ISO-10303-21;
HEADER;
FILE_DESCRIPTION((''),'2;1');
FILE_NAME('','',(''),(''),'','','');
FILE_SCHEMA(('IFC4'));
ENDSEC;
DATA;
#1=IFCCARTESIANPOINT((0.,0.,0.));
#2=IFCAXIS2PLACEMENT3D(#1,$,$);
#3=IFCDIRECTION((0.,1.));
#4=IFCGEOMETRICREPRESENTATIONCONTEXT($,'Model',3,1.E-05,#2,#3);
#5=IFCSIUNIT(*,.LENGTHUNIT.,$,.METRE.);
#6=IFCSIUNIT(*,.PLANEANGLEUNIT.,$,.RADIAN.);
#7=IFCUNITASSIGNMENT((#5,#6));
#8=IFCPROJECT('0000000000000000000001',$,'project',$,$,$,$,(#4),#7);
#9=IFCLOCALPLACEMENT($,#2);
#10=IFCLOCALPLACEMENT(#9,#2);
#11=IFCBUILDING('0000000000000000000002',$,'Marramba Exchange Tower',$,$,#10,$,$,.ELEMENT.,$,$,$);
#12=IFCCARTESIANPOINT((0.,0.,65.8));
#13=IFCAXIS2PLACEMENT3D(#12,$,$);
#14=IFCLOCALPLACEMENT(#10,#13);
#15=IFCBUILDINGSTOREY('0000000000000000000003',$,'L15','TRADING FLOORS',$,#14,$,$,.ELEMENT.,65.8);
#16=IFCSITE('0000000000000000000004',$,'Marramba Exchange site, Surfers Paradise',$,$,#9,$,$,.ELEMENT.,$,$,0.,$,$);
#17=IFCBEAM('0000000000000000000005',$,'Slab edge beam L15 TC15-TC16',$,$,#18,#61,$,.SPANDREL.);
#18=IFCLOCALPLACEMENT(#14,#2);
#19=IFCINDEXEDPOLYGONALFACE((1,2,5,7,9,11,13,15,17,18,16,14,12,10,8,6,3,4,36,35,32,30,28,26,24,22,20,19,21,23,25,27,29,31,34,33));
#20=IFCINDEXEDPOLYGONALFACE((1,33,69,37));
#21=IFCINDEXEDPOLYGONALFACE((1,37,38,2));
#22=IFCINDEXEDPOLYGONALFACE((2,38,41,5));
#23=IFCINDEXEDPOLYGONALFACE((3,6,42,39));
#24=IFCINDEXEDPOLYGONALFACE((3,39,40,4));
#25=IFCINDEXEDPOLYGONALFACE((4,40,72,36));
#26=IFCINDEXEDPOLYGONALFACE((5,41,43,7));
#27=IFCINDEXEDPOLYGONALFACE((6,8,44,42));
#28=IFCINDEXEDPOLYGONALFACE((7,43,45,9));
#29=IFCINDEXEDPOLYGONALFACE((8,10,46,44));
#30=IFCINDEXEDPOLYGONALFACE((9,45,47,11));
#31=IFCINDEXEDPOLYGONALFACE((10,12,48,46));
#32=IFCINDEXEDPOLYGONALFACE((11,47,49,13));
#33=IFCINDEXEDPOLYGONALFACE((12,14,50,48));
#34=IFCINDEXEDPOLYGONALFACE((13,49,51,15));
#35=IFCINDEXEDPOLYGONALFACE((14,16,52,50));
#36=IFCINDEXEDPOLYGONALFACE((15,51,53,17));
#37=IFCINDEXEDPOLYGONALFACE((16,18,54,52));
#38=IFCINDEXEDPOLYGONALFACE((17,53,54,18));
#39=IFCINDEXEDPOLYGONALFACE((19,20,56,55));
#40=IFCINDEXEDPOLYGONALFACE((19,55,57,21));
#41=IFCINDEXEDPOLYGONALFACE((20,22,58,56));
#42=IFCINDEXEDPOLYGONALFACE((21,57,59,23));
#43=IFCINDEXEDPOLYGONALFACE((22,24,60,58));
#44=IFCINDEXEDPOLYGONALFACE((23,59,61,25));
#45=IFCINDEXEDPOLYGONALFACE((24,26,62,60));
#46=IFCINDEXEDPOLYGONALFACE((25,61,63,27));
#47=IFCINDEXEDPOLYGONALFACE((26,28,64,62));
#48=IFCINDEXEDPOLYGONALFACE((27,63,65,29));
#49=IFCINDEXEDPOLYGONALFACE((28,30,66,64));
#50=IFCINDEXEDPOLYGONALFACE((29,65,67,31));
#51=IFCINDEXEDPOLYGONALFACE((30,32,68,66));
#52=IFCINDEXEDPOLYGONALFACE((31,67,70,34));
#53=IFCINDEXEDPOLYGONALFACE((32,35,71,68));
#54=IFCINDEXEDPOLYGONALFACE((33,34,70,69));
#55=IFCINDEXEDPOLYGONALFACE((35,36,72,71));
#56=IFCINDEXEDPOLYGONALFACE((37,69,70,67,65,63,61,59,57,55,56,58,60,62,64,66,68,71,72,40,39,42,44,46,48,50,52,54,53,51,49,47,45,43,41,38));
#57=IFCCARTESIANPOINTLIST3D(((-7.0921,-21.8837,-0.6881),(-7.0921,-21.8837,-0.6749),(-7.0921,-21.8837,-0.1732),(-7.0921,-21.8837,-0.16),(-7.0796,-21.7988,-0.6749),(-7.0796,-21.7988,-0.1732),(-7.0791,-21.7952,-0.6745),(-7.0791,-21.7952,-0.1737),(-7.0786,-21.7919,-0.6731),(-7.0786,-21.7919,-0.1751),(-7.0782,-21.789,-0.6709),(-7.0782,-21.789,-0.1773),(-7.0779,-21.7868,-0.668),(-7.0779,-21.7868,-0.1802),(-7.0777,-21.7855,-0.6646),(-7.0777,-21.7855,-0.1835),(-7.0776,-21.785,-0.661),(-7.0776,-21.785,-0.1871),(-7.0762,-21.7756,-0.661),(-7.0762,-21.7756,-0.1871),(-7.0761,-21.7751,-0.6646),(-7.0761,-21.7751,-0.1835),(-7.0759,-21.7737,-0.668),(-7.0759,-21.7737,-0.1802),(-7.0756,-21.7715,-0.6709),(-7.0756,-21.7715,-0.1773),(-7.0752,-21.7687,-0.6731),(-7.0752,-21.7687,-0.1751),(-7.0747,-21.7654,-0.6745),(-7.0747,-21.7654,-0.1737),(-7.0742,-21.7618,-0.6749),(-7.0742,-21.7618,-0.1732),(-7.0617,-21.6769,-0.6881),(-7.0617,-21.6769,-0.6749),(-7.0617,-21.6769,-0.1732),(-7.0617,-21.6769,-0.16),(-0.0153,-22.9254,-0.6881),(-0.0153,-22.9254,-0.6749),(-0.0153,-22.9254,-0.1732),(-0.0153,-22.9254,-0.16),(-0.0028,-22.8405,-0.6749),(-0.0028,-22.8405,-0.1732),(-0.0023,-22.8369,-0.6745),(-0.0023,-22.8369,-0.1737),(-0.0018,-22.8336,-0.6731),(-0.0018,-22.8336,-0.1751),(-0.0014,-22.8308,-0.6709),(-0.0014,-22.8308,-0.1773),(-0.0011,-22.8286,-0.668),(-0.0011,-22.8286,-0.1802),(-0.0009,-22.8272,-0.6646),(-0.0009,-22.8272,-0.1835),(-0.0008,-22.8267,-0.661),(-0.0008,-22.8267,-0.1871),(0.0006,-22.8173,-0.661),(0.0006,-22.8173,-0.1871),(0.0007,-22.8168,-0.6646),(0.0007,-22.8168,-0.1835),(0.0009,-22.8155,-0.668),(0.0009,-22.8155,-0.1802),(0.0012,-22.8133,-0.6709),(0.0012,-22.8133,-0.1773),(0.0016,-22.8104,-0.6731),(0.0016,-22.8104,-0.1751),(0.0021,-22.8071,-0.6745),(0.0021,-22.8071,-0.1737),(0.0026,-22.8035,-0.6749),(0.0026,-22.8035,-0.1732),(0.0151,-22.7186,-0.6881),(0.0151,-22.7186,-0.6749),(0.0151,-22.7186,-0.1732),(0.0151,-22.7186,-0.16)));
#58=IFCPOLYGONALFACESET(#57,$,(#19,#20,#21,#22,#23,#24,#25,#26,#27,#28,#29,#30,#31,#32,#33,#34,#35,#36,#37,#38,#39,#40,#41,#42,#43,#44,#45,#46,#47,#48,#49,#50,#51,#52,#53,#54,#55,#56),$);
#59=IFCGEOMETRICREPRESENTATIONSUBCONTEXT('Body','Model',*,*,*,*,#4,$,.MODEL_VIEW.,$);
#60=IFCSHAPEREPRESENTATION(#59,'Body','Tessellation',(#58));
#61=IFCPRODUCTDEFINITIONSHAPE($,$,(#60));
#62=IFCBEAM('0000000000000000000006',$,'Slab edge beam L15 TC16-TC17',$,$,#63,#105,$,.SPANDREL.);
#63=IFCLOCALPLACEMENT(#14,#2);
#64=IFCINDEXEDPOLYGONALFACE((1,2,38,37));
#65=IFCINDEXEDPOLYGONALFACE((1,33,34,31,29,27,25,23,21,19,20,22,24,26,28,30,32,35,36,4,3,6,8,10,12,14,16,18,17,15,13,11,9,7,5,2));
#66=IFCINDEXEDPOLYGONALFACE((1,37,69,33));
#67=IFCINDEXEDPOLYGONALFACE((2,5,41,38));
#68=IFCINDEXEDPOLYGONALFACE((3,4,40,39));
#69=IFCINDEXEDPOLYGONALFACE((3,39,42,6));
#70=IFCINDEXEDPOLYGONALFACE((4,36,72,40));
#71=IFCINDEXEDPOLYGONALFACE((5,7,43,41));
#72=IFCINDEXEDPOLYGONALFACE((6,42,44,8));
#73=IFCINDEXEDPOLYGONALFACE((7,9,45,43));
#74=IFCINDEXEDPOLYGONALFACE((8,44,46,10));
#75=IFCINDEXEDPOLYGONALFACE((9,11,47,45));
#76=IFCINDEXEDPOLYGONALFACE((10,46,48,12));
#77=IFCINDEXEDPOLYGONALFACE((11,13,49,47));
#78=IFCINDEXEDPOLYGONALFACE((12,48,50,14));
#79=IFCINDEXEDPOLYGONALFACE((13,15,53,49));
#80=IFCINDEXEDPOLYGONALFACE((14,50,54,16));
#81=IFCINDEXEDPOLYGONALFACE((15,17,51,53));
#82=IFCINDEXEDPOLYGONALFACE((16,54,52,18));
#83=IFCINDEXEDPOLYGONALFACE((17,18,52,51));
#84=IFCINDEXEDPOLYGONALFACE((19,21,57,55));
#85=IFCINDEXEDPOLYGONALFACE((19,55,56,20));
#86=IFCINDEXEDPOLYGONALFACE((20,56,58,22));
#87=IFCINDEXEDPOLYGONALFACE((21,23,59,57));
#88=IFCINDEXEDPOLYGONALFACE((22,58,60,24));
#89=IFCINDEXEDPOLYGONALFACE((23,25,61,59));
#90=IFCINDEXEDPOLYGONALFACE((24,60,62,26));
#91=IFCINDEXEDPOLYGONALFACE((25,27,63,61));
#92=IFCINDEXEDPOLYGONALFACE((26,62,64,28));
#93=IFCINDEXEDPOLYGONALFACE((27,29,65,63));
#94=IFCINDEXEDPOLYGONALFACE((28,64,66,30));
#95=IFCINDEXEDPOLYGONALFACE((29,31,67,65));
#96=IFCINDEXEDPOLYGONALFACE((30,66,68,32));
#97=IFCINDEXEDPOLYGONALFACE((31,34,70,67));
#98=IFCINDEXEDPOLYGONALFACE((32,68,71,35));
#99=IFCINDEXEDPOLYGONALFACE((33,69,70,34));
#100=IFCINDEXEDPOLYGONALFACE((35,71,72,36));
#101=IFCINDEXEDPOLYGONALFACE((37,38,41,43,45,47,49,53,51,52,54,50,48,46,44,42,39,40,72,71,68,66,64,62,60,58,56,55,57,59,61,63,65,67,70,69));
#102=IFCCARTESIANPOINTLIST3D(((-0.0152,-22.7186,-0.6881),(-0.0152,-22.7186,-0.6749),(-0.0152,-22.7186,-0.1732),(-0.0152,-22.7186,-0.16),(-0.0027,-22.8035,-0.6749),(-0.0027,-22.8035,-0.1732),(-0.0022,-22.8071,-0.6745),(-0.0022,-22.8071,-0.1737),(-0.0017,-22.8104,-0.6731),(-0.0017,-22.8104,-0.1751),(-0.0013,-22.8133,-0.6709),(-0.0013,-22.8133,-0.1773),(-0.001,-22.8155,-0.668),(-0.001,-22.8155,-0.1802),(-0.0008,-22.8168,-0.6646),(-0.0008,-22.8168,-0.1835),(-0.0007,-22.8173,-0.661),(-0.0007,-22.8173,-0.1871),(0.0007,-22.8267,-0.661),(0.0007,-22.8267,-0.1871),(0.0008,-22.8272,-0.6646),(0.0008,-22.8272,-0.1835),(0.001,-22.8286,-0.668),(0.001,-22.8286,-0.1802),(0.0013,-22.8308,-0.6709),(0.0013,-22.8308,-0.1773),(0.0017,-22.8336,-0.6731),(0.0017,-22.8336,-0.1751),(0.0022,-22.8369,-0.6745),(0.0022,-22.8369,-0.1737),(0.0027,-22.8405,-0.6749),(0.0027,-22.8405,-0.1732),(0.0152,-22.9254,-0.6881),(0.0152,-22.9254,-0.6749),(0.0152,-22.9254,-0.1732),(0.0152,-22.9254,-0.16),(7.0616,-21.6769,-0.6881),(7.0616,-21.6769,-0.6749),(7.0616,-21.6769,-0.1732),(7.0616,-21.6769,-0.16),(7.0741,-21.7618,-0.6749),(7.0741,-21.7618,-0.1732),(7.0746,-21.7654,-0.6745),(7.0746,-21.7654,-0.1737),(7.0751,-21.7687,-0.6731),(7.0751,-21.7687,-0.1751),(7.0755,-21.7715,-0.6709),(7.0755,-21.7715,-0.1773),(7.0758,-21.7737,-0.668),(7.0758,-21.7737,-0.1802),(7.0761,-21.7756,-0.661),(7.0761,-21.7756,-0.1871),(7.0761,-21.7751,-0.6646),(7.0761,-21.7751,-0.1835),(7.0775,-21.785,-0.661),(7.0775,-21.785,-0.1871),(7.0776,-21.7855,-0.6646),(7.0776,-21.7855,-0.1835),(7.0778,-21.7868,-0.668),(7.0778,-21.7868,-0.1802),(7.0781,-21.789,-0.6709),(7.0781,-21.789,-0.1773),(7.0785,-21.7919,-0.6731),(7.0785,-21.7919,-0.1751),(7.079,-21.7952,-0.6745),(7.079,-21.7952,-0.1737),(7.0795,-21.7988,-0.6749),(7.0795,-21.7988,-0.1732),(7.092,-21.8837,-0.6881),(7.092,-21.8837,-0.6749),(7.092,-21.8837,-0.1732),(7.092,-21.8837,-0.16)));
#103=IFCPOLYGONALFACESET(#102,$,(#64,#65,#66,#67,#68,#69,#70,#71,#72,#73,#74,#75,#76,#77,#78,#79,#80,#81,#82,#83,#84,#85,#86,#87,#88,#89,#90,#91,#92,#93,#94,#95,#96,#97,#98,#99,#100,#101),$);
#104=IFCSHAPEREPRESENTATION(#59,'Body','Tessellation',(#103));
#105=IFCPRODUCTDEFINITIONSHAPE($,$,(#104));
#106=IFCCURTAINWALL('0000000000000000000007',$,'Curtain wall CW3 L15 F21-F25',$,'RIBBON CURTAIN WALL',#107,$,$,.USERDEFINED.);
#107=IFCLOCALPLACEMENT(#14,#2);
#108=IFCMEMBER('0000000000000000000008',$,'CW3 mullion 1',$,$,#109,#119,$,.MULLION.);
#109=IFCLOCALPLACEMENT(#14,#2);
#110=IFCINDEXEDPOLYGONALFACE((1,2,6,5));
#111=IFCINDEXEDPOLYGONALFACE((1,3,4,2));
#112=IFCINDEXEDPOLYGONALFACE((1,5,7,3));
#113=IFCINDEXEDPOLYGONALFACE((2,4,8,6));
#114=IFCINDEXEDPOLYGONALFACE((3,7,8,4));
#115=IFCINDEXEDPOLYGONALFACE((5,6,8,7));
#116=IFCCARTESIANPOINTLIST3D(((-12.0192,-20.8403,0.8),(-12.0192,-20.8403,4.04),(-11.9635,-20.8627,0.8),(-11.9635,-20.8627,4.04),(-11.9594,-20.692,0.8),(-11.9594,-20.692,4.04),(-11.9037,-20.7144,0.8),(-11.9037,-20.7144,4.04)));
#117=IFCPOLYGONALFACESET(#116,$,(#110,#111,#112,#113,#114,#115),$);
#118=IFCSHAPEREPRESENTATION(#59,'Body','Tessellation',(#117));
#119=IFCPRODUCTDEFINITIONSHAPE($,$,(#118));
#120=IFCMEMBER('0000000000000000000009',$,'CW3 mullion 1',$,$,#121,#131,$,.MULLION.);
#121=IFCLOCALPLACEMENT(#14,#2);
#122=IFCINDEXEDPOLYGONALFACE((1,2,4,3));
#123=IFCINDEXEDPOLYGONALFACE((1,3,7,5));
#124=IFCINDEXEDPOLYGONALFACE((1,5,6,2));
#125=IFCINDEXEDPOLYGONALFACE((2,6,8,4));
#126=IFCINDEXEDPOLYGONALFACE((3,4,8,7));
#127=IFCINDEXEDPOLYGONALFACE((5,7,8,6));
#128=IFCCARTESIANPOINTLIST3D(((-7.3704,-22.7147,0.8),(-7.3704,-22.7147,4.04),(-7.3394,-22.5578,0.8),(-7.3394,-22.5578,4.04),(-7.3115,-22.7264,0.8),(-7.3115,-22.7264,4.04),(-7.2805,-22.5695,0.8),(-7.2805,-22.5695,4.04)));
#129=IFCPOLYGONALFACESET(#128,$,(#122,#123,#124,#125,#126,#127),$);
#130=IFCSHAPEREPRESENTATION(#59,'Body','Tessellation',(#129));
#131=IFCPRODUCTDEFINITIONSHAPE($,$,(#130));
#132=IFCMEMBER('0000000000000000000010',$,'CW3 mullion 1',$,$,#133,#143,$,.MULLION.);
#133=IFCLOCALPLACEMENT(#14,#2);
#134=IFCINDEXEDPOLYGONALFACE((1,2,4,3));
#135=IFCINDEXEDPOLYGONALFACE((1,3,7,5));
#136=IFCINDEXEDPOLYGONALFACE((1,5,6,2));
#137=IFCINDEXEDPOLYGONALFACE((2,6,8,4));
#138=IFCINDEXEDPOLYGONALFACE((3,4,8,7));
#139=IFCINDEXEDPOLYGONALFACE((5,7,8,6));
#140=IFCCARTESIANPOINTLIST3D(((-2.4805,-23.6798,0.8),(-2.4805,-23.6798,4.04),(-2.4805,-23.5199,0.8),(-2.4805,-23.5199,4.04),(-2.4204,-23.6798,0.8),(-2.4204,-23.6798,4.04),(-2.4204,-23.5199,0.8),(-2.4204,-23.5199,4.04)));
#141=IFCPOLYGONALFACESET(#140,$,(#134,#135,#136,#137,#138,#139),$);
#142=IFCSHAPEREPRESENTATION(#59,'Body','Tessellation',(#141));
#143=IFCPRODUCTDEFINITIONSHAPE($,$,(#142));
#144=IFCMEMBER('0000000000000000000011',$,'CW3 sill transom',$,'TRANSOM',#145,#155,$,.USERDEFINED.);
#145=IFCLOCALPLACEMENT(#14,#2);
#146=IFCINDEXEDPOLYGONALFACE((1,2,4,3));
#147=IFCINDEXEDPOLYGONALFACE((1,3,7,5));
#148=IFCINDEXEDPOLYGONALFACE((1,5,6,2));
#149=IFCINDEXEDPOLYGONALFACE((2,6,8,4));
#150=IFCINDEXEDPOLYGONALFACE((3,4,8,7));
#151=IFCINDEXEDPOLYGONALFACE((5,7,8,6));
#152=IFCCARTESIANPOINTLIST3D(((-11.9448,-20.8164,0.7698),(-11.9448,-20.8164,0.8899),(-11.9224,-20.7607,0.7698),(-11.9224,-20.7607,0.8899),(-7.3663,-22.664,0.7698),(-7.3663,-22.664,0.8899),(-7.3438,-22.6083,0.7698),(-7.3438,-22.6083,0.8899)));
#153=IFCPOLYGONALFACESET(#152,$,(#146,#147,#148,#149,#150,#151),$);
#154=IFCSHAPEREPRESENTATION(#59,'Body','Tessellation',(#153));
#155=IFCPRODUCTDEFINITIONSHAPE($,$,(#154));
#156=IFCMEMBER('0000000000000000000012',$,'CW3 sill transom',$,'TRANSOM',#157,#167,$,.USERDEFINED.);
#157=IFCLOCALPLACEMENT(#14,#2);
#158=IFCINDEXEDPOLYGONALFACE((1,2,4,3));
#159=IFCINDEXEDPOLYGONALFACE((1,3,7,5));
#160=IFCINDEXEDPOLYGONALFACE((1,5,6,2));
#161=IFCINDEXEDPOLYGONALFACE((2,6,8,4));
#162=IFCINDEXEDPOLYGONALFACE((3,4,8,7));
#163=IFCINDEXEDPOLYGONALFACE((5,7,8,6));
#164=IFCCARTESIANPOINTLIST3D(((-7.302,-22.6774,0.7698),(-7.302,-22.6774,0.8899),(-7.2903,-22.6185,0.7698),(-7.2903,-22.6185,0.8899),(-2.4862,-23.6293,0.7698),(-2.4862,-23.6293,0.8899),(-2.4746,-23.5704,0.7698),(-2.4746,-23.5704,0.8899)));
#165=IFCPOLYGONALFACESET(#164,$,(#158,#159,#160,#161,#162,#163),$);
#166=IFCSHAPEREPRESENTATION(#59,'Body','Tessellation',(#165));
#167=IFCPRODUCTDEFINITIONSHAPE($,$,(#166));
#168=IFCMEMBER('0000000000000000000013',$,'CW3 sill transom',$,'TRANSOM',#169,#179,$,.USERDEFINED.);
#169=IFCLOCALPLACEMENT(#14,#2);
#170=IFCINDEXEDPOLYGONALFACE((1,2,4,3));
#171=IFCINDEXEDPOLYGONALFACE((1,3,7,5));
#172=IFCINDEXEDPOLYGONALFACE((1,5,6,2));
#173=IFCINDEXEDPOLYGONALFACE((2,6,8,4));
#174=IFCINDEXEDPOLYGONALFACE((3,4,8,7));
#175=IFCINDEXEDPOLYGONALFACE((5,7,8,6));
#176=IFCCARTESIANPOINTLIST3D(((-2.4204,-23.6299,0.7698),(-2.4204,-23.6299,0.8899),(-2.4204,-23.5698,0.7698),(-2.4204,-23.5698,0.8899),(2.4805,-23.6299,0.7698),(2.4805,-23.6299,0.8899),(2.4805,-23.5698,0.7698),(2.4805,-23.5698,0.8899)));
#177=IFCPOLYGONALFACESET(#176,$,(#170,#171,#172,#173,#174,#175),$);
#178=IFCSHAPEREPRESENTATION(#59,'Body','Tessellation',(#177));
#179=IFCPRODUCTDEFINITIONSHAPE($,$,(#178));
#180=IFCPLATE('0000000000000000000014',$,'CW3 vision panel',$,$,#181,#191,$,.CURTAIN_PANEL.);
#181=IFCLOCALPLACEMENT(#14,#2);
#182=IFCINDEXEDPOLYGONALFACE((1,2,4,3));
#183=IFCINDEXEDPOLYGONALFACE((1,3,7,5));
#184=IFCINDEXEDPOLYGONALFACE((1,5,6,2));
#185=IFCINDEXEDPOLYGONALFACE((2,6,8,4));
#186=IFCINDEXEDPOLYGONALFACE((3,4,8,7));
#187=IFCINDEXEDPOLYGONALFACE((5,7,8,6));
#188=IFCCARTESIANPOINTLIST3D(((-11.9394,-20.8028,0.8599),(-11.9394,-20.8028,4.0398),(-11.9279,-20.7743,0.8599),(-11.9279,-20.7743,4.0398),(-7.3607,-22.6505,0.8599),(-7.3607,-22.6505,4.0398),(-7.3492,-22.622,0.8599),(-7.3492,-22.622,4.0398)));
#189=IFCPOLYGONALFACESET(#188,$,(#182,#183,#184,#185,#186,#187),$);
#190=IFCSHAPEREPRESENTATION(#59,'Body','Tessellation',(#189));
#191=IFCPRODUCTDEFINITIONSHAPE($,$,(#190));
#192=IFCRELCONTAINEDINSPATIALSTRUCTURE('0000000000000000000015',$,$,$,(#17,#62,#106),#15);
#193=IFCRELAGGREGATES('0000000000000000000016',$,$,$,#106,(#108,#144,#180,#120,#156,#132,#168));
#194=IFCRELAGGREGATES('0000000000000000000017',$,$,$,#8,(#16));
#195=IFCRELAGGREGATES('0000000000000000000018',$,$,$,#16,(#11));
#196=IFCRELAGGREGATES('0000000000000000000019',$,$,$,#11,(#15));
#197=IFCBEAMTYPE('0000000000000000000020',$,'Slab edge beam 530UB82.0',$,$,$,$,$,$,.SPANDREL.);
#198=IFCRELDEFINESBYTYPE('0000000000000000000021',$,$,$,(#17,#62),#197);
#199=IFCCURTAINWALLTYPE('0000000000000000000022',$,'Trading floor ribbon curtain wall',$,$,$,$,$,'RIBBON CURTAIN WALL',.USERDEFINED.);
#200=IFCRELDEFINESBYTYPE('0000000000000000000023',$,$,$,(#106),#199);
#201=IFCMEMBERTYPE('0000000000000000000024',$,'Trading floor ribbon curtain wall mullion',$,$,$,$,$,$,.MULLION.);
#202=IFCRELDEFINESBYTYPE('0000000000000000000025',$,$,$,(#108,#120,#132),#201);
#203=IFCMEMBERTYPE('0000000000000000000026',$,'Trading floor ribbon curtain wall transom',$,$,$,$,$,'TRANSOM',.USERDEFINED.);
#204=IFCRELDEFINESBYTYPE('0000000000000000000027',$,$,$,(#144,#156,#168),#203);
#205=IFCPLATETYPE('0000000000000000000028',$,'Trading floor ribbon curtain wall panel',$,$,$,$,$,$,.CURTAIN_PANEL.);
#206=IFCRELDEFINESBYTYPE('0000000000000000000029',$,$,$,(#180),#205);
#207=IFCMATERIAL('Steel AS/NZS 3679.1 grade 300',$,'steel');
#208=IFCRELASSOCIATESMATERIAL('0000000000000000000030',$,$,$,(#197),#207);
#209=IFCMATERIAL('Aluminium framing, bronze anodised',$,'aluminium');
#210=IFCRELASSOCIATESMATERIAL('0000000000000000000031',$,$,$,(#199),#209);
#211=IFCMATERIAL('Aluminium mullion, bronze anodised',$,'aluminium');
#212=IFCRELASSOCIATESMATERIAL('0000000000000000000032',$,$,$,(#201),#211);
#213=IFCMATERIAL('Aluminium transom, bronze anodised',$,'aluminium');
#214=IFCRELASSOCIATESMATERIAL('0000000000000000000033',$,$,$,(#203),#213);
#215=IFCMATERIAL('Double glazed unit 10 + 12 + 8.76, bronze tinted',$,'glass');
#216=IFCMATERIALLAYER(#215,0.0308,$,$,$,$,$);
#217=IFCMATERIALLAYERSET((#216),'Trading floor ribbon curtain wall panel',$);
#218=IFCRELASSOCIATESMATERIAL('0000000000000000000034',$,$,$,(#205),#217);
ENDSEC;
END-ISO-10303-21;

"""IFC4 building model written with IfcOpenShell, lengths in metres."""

from ifc_helpers import new_model, si_unit, direction, frame, origin, origin_2d, place, context, subcontext, project, spatial, rectangle, i_section, extrude, material, layer, layer_set, material_profile, profile_set, type_object, element, aggregate, save


model = new_model("IFC4")

# Units and contexts
model_context = context("Model", 3, precision=1e-05, world=origin(), true_north=direction((0.0, 1.0)))
body_context = subcontext(model_context, "Body", "Model", "MODEL_VIEW")
ifc_project = project(units=[si_unit("LENGTHUNIT", "METRE"), si_unit("PLANEANGLEUNIT", "RADIAN")], contexts=[model_context])

# Site, building, storey
site_placement = place(None, origin())
site = spatial("IfcSite", under=ifc_project, at=site_placement, Name="Marramba Exchange site, Surfers Paradise", CompositionType="ELEMENT", RefElevation=0.0)
building_placement = place(site_placement, origin())
building = spatial("IfcBuilding", under=site, at=building_placement, Name="Marramba Exchange Tower", CompositionType="ELEMENT")
storey_placement = place(building_placement, frame((0.0, 0.0, 65.8)))
storey = spatial("IfcBuildingStorey", under=building, at=storey_placement, Name="L15", Description="TRADING FLOORS", CompositionType="ELEMENT", Elevation=65.8)

# Beams
ifc_material_1 = material(Name="Steel AS/NZS 3679.1 grade 300", Category="steel")
ifc_material_profile_1 = material_profile(ifc_material_1, i_section(OverallWidth=0.209, OverallDepth=0.5281, WebThickness=0.0095, FlangeThickness=0.0132, FilletRadius=0.0139, at=origin_2d()), Name="530UB82.0")
ifc_profile_set_1 = profile_set([ifc_material_profile_1], Name="Steel AS/NZS 3679.1 grade 300")
beam_type_1 = type_object("IfcBeamType", Name="Slab edge beam 530UB82.0", PredefinedType="SPANDREL", material=ifc_profile_set_1)
for number, where, z_axis, x_axis, name in (
    (1, (-7.0769, -21.7803, -0.4241), (0.989338, -0.145634, 0.0), (0.145634, 0.989338, 0.0), "Slab edge beam L15 TC15-TC16"),
    (2, (0.0, -22.822, -0.4241), (0.989338, 0.145634, 0.0), (-0.145634, 0.989338, 0.0), "Slab edge beam L15 TC16-TC17"),
):
    element("IfcBeam", number, at=place(storey_placement, frame(where, z_axis=z_axis, x_axis=x_axis)), inside=storey, type_object=beam_type_1, Name=name, PredefinedType="SPANDREL", context=body_context, shape_type="SweptSolid", body=[
        extrude(i_section(OverallWidth=0.209, OverallDepth=0.5281, WebThickness=0.0095, FlangeThickness=0.0132, FilletRadius=0.0139, at=origin_2d()), origin(), (0.0, 0.0, 1.0), 7.1531),
    ])

# Curtain wall, members, plate
ifc_material_2 = material(Name="Aluminium framing, bronze anodised", Category="aluminium")
curtain_wall_type = type_object("IfcCurtainWallType", Name="Trading floor ribbon curtain wall", ElementType="RIBBON CURTAIN WALL", PredefinedType="USERDEFINED", material=ifc_material_2)
curtain_wall_placement = place(storey_placement, origin())
curtain_wall = element("IfcCurtainWall", 3, at=curtain_wall_placement, inside=storey, type_object=curtain_wall_type, Name="Curtain wall CW3 L15 F21-F25", ObjectType="RIBBON CURTAIN WALL", PredefinedType="USERDEFINED")
ifc_material_3 = material(Name="Aluminium mullion, bronze anodised", Category="aluminium")
ifc_material_profile_2 = material_profile(ifc_material_3, rectangle(XDim=0.1599, YDim=0.0601, at=origin_2d()), Name="CW3 mullion 60x160")
ifc_profile_set_2 = profile_set([ifc_material_profile_2], Name="Aluminium mullion, bronze anodised")
member_type_1 = type_object("IfcMemberType", Name="Trading floor ribbon curtain wall mullion", PredefinedType="MULLION", material=ifc_profile_set_2)
member_1_placement = place(storey_placement, frame((-11.9614, -20.7773, 0.8), z_axis=(0.0, 0.0, 1.0), x_axis=(0.374218, 0.927341, 0.0)))
member_1 = element("IfcMember", 4, at=member_1_placement, type_object=member_type_1, Name="CW3 mullion 1", PredefinedType="MULLION", context=body_context, shape_type="SweptSolid", body=[
    extrude(rectangle(XDim=0.1599, YDim=0.0601, at=origin_2d()), origin(), (0.0, 0.0, 1.0), 3.24),
])
member_2_placement = place(storey_placement, frame((-7.3254, -22.6421, 0.8), z_axis=(0.0, 0.0, 1.0), x_axis=(0.193961, 0.981009, 0.0)))
member_2 = element("IfcMember", 5, at=member_2_placement, type_object=member_type_1, Name="CW3 mullion 1", PredefinedType="MULLION", context=body_context, shape_type="SweptSolid", body=[
    extrude(rectangle(XDim=0.1599, YDim=0.0601, at=origin_2d()), origin(), (0.0, 0.0, 1.0), 3.24),
])
member_3_placement = place(storey_placement, frame((-2.4504, -23.5999, 0.8), z_axis=(0.0, 0.0, 1.0), x_axis=(0.0, 1.0, 0.0)))
member_3 = element("IfcMember", 6, at=member_3_placement, type_object=member_type_1, Name="CW3 mullion 1", PredefinedType="MULLION", context=body_context, shape_type="SweptSolid", body=[
    extrude(rectangle(XDim=0.1599, YDim=0.0601, at=origin_2d()), origin(), (0.0, 0.0, 1.0), 3.24),
])
ifc_material_4 = material(Name="Aluminium transom, bronze anodised", Category="aluminium")
ifc_material_profile_3 = material_profile(ifc_material_4, rectangle(XDim=0.0601, YDim=0.1201, at=origin_2d()), Name="CW3 transom 60x120")
ifc_profile_set_3 = profile_set([ifc_material_profile_3], Name="Aluminium transom, bronze anodised")
member_type_2 = type_object("IfcMemberType", Name="Trading floor ribbon curtain wall transom", ElementType="TRANSOM", PredefinedType="USERDEFINED", material=ifc_profile_set_3)
member_4_placement = place(storey_placement, frame((-11.9336, -20.7886, 0.8298), z_axis=(0.92734, -0.374219, 0.0), x_axis=(0.374219, 0.92734, 0.0)))
member_4 = element("IfcMember", 7, at=member_4_placement, type_object=member_type_2, Name="CW3 sill transom", ObjectType="TRANSOM", PredefinedType="USERDEFINED", context=body_context, shape_type="SweptSolid", body=[
    extrude(rectangle(XDim=0.0601, YDim=0.1201, at=origin_2d()), origin(), (0.0, 0.0, 1.0), 4.9373),
])
member_5_placement = place(storey_placement, frame((-7.2961, -22.6479, 0.8298), z_axis=(0.981018, -0.193916, 0.0), x_axis=(0.193916, 0.981018, 0.0)))
member_5 = element("IfcMember", 8, at=member_5_placement, type_object=member_type_2, Name="CW3 sill transom", ObjectType="TRANSOM", PredefinedType="USERDEFINED", context=body_context, shape_type="SweptSolid", body=[
    extrude(rectangle(XDim=0.0601, YDim=0.1201, at=origin_2d()), origin(), (0.0, 0.0, 1.0), 4.9089),
])
member_6_placement = place(storey_placement, frame((-2.4204, -23.5999, 0.8298), z_axis=(1.0, 0.0, 0.0), x_axis=(0.0, 1.0, 0.0)))
member_6 = element("IfcMember", 9, at=member_6_placement, type_object=member_type_2, Name="CW3 sill transom", ObjectType="TRANSOM", PredefinedType="USERDEFINED", context=body_context, shape_type="SweptSolid", body=[
    extrude(rectangle(XDim=0.0601, YDim=0.1201, at=origin_2d()), origin(), (0.0, 0.0, 1.0), 4.9009),
])
ifc_material_5 = material(Name="Double glazed unit 10 + 12 + 8.76, bronze tinted", Category="glass")
ifc_layer_1 = layer(ifc_material_5, 0.0308)
ifc_layer_set_1 = layer_set([ifc_layer_1], Name="Trading floor ribbon curtain wall panel")
plate_type = type_object("IfcPlateType", Name="Trading floor ribbon curtain wall panel", PredefinedType="CURTAIN_PANEL", material=ifc_layer_set_1)
plate_1_placement = place(storey_placement, frame((-9.6443, -21.7124, 0.8599), z_axis=(0.0, 0.0, 1.0), x_axis=(0.927341, -0.374218, 0.0)))
plate_1 = element("IfcPlate", 10, at=plate_1_placement, type_object=plate_type, Name="CW3 vision panel", PredefinedType="CURTAIN_PANEL", context=body_context, shape_type="SweptSolid", body=[
    extrude(rectangle(XDim=4.9375, YDim=0.0308, at=origin_2d()), origin(), (0.0, 0.0, 1.0), 3.1799),
])
aggregate(curtain_wall, [member_1, member_4, plate_1, member_2, member_5, member_3, member_6])

save(model, "model.ifc")
